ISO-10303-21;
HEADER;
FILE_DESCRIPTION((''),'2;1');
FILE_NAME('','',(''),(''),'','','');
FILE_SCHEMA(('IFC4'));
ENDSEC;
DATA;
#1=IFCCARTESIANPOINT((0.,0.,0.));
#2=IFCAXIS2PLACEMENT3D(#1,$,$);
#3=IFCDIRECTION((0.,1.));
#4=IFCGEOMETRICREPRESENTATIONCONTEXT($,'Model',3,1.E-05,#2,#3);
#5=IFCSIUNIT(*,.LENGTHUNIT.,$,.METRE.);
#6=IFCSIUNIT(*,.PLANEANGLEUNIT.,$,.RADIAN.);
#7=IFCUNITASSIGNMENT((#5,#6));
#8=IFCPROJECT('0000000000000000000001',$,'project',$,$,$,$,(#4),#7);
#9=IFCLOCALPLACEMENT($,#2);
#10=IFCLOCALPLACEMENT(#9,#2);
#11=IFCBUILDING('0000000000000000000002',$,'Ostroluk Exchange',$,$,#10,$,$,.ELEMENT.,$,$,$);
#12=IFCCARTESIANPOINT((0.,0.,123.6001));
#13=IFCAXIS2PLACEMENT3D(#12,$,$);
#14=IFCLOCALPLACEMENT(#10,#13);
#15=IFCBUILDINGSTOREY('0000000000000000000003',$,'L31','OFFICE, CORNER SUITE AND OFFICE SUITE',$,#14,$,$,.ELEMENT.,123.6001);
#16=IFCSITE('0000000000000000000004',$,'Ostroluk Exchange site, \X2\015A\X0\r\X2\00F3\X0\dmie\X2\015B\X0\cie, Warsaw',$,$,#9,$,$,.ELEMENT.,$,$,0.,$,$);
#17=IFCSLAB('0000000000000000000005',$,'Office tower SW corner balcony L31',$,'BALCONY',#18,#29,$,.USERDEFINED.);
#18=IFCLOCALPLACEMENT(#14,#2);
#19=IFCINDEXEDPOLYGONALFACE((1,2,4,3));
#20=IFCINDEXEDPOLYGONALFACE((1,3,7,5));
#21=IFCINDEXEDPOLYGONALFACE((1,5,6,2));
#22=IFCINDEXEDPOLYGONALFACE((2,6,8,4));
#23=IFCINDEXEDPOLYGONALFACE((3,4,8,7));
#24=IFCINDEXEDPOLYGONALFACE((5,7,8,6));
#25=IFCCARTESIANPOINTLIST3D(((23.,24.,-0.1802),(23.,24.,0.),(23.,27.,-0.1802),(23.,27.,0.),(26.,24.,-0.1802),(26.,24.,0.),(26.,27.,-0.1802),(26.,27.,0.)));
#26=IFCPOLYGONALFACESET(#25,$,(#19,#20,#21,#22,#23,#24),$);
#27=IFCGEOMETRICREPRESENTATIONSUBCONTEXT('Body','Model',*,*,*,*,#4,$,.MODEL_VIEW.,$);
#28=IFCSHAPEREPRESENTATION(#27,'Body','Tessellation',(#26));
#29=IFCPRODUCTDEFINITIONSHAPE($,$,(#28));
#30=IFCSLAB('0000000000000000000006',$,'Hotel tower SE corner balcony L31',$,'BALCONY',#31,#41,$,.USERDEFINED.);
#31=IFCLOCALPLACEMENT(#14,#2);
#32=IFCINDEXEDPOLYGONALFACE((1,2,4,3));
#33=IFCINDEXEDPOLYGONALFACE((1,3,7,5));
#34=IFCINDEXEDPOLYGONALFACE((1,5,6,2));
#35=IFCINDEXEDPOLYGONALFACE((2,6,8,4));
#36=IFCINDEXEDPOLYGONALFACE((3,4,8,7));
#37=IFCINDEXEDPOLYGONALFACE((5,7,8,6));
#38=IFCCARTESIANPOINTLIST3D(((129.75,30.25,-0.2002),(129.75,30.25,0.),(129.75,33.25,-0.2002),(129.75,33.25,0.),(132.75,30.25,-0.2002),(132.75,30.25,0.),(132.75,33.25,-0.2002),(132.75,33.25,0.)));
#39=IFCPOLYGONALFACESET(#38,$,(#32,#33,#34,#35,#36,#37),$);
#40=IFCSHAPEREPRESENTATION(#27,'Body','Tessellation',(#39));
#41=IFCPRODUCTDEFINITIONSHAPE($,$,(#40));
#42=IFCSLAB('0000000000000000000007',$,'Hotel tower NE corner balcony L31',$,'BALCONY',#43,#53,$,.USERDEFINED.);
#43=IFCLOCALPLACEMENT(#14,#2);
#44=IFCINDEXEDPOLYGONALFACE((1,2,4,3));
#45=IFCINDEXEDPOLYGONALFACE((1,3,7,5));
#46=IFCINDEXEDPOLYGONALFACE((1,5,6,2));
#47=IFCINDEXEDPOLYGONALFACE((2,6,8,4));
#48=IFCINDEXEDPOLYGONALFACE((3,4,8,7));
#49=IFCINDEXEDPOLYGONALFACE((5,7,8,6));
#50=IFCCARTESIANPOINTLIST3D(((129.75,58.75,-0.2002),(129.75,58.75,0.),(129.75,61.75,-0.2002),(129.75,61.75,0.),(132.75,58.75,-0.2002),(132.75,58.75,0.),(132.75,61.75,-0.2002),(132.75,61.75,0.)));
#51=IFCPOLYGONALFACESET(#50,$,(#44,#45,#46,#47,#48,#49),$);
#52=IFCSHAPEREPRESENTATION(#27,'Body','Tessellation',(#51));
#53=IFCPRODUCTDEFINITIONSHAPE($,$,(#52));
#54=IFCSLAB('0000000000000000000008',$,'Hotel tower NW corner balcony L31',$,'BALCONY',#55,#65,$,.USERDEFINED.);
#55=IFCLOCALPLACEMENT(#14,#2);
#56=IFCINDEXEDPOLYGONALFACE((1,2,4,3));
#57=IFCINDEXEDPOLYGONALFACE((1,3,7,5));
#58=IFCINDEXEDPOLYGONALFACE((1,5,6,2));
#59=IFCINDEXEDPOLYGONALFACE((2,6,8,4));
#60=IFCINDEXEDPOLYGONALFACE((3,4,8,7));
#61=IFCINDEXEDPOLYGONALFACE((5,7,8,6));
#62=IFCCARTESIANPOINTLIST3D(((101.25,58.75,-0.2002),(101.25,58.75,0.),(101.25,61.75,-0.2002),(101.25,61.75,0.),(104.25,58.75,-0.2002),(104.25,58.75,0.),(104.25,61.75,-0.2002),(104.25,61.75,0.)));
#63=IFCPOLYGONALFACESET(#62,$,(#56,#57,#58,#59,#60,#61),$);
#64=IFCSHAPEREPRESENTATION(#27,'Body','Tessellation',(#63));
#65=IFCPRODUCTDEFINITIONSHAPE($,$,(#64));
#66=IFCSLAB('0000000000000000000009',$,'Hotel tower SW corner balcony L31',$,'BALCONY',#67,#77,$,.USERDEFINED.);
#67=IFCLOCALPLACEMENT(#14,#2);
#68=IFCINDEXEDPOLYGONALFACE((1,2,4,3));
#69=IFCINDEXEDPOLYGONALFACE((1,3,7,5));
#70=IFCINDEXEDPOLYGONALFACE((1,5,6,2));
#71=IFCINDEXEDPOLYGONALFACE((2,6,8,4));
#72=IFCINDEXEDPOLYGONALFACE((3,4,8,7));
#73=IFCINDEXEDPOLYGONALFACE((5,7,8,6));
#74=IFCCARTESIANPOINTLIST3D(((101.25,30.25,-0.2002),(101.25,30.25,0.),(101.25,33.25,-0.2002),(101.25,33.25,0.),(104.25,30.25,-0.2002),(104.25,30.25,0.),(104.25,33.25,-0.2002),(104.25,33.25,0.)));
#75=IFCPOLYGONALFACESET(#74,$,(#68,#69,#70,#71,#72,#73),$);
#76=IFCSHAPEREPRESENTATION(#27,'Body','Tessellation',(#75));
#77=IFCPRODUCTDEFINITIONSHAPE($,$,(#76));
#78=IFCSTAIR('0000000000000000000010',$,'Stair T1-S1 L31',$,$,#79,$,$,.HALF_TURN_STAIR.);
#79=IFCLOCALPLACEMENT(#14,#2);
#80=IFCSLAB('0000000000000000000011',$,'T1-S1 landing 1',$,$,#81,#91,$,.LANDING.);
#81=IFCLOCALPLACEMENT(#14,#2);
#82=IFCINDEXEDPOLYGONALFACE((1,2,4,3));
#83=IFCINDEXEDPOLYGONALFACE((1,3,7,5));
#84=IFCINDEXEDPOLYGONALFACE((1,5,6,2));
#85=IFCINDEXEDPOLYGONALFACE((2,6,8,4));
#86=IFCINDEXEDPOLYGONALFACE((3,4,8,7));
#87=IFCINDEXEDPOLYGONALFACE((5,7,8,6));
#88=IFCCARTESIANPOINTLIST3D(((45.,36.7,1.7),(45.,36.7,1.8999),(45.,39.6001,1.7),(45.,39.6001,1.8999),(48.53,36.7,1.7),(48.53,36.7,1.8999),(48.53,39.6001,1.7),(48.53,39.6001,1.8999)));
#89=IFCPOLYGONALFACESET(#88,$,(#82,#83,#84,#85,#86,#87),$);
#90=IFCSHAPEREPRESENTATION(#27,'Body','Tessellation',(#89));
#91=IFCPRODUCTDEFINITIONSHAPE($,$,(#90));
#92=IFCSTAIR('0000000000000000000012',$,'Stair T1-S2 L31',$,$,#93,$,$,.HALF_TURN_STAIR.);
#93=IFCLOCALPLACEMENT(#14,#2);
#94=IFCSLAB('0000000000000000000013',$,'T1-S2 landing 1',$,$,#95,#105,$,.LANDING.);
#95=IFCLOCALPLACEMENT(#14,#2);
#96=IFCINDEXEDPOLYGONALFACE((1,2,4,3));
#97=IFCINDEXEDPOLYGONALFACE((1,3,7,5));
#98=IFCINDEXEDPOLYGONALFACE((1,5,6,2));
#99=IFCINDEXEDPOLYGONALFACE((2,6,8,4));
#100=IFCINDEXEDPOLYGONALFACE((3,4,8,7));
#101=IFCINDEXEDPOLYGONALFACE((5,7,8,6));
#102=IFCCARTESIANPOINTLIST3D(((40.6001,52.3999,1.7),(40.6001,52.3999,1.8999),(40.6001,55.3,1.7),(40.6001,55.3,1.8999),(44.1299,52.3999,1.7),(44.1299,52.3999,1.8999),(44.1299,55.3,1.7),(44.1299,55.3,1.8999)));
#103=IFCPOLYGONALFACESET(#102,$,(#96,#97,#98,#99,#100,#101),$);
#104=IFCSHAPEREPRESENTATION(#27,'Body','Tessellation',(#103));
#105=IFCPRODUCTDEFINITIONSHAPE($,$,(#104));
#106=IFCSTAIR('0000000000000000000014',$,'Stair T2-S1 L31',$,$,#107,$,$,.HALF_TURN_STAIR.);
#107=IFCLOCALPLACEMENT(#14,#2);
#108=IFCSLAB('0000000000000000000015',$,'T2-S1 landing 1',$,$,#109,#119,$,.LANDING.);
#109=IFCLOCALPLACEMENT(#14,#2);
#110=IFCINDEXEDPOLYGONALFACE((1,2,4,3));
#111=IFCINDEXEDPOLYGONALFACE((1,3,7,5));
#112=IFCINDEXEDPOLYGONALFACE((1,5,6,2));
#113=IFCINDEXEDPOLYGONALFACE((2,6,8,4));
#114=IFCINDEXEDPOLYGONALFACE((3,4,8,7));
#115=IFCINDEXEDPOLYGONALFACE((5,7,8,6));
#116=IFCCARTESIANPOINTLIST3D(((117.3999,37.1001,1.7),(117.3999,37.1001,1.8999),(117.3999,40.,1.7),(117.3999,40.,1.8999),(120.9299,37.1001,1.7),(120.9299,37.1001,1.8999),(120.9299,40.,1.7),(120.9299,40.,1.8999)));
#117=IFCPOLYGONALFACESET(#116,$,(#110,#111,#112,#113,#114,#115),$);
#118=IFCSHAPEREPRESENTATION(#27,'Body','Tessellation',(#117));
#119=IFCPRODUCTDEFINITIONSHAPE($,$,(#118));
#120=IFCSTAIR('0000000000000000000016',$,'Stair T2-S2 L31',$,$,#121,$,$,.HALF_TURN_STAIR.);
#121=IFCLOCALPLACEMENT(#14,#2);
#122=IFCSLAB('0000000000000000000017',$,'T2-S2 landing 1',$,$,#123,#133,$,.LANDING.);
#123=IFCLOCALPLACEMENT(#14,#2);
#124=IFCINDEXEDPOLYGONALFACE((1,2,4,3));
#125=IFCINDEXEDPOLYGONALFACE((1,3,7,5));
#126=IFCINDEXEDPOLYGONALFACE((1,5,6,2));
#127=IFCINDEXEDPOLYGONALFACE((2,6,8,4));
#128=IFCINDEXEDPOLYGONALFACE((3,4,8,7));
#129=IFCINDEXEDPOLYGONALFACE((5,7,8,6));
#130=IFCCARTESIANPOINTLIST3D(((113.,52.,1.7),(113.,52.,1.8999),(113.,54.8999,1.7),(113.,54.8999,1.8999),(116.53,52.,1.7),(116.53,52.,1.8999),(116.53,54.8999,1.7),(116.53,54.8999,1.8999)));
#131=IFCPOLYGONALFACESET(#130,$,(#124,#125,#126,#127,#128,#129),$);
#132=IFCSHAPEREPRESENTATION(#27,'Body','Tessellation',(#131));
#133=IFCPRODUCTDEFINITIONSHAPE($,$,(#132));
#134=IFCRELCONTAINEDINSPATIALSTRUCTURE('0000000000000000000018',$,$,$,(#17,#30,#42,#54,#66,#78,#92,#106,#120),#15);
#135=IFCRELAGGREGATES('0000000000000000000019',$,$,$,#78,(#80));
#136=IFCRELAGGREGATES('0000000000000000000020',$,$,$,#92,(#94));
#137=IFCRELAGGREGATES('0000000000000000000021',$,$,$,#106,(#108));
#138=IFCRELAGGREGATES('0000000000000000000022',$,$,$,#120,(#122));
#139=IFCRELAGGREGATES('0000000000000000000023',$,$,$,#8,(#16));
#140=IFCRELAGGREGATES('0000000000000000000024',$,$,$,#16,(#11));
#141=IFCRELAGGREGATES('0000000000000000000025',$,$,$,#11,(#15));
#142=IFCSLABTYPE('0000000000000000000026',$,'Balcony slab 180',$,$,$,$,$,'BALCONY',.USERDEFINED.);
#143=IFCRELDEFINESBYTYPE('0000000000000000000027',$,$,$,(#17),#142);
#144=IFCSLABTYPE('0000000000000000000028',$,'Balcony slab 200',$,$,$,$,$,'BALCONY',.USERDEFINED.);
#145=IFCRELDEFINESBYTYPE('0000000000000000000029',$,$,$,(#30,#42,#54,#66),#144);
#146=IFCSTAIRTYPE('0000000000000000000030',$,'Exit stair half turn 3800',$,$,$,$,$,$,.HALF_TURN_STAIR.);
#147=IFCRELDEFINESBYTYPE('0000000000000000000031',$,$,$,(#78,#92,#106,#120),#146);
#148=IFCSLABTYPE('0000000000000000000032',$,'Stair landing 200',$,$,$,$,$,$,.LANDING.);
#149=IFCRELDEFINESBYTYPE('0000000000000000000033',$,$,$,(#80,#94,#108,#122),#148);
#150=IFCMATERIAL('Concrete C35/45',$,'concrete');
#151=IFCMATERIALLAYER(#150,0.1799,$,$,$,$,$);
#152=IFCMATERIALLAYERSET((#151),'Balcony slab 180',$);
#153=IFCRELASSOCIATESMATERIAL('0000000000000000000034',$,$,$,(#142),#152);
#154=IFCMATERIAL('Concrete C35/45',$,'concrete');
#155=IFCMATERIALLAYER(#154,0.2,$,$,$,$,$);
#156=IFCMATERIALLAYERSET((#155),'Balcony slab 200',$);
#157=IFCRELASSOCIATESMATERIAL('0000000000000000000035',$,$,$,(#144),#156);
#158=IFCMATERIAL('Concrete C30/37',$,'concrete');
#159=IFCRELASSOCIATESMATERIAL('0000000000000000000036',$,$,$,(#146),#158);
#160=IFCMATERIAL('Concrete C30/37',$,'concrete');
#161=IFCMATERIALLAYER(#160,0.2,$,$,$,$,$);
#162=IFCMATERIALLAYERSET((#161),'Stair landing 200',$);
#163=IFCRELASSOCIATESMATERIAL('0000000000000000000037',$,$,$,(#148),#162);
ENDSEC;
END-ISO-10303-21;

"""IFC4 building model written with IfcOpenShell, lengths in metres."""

from ifc_helpers import new_model, si_unit, direction, frame, origin, place, context, subcontext, project, spatial, polyline, outline, extrude, material, layer, layer_set, type_object, element, aggregate, save


model = new_model("IFC4")

# Units and contexts
model_context = context("Model", 3, precision=1e-05, world=origin(), true_north=direction((0.0, 1.0)))
body_context = subcontext(model_context, "Body", "Model", "MODEL_VIEW")
ifc_project = project(units=[si_unit("LENGTHUNIT", "METRE"), si_unit("PLANEANGLEUNIT", "RADIAN")], contexts=[model_context])

# Site, building, storey
site_placement = place(None, origin())
site = spatial("IfcSite", under=ifc_project, at=site_placement, Name="Ostroluk Exchange site, Śródmieście, Warsaw", CompositionType="ELEMENT", RefElevation=0.0)
building_placement = place(site_placement, origin())
building = spatial("IfcBuilding", under=site, at=building_placement, Name="Ostroluk Exchange", CompositionType="ELEMENT")
storey_placement = place(building_placement, frame((0.0, 0.0, 123.6001)))
storey = spatial("IfcBuildingStorey", under=building, at=storey_placement, Name="L31", Description="OFFICE, CORNER SUITE AND OFFICE SUITE", CompositionType="ELEMENT", Elevation=123.6001)

# Slabs
ifc_material_1 = material(Name="Concrete C35/45", Category="concrete")
ifc_layer_1 = layer(ifc_material_1, 0.1799)
ifc_layer_set_1 = layer_set([ifc_layer_1], Name="Balcony slab 180")
slab_type_1 = type_object("IfcSlabType", Name="Balcony slab 180", ElementType="BALCONY", PredefinedType="USERDEFINED", material=ifc_layer_set_1)
slab_1_placement = place(storey_placement, frame((0.0, 0.0, -0.1802)))
element("IfcSlab", 1, at=slab_1_placement, inside=storey, type_object=slab_type_1, Name="Office tower SW corner balcony L31", ObjectType="BALCONY", PredefinedType="USERDEFINED", context=body_context, shape_type="SweptSolid", body=[
    extrude(outline(polyline([(23.0, 24.0), (26.0, 24.0), (26.0, 27.0), (23.0, 27.0), (23.0, 24.0)])), origin(), (0.0, 0.0, 1.0), 0.1802),
])
ifc_material_2 = material(Name="Concrete C35/45", Category="concrete")
ifc_layer_2 = layer(ifc_material_2, 0.2)
ifc_layer_set_2 = layer_set([ifc_layer_2], Name="Balcony slab 200")
slab_type_2 = type_object("IfcSlabType", Name="Balcony slab 200", ElementType="BALCONY", PredefinedType="USERDEFINED", material=ifc_layer_set_2)
slab_2_placement = place(storey_placement, frame((0.0, 0.0, -0.2002)))
element("IfcSlab", 2, at=slab_2_placement, inside=storey, type_object=slab_type_2, Name="Hotel tower SE corner balcony L31", ObjectType="BALCONY", PredefinedType="USERDEFINED", context=body_context, shape_type="SweptSolid", body=[
    extrude(outline(polyline([(129.75, 30.25), (132.75, 30.25), (132.75, 33.25), (129.75, 33.25), (129.75, 30.25)])), origin(), (0.0, 0.0, 1.0), 0.2002),
])
slab_3_placement = place(storey_placement, frame((0.0, 0.0, -0.2002)))
element("IfcSlab", 3, at=slab_3_placement, inside=storey, type_object=slab_type_2, Name="Hotel tower NE corner balcony L31", ObjectType="BALCONY", PredefinedType="USERDEFINED", context=body_context, shape_type="SweptSolid", body=[
    extrude(outline(polyline([(129.75, 58.75), (132.75, 58.75), (132.75, 61.75), (129.75, 61.75), (129.75, 58.75)])), origin(), (0.0, 0.0, 1.0), 0.2002),
])
slab_4_placement = place(storey_placement, frame((0.0, 0.0, -0.2002)))
element("IfcSlab", 4, at=slab_4_placement, inside=storey, type_object=slab_type_2, Name="Hotel tower NW corner balcony L31", ObjectType="BALCONY", PredefinedType="USERDEFINED", context=body_context, shape_type="SweptSolid", body=[
    extrude(outline(polyline([(101.25, 58.75), (104.25, 58.75), (104.25, 61.75), (101.25, 61.75), (101.25, 58.75)])), origin(), (0.0, 0.0, 1.0), 0.2002),
])
slab_5_placement = place(storey_placement, frame((0.0, 0.0, -0.2002)))
element("IfcSlab", 5, at=slab_5_placement, inside=storey, type_object=slab_type_2, Name="Hotel tower SW corner balcony L31", ObjectType="BALCONY", PredefinedType="USERDEFINED", context=body_context, shape_type="SweptSolid", body=[
    extrude(outline(polyline([(101.25, 30.25), (104.25, 30.25), (104.25, 33.25), (101.25, 33.25), (101.25, 30.25)])), origin(), (0.0, 0.0, 1.0), 0.2002),
])

# Stairs, slabs
ifc_material_3 = material(Name="Concrete C30/37", Category="concrete")
stair_type = type_object("IfcStairType", Name="Exit stair half turn 3800", PredefinedType="HALF_TURN_STAIR", material=ifc_material_3)
stair_1_placement = place(storey_placement, origin())
stair_1 = element("IfcStair", 6, at=stair_1_placement, inside=storey, type_object=stair_type, Name="Stair T1-S1 L31", PredefinedType="HALF_TURN_STAIR")
ifc_material_4 = material(Name="Concrete C30/37", Category="concrete")
ifc_layer_3 = layer(ifc_material_4, 0.2)
ifc_layer_set_3 = layer_set([ifc_layer_3], Name="Stair landing 200")
slab_type_3 = type_object("IfcSlabType", Name="Stair landing 200", PredefinedType="LANDING", material=ifc_layer_set_3)
slab_6_placement = place(storey_placement, frame((0.0, 0.0, 1.7)))
slab_6 = element("IfcSlab", 7, at=slab_6_placement, type_object=slab_type_3, Name="T1-S1 landing 1", PredefinedType="LANDING", context=body_context, shape_type="SweptSolid", body=[
    extrude(outline(polyline([(45.0, 36.7), (45.0, 39.6001), (48.53, 39.6001), (48.53, 36.7), (45.0, 36.7)])), origin(), (0.0, 0.0, 1.0), 0.2),
])
aggregate(stair_1, [slab_6])
stair_2_placement = place(storey_placement, origin())
stair_2 = element("IfcStair", 8, at=stair_2_placement, inside=storey, type_object=stair_type, Name="Stair T1-S2 L31", PredefinedType="HALF_TURN_STAIR")
slab_7_placement = place(storey_placement, frame((0.0, 0.0, 1.7)))
slab_7 = element("IfcSlab", 9, at=slab_7_placement, type_object=slab_type_3, Name="T1-S2 landing 1", PredefinedType="LANDING", context=body_context, shape_type="SweptSolid", body=[
    extrude(outline(polyline([(44.1299, 52.3999), (44.1299, 55.3), (40.6001, 55.3), (40.6001, 52.3999), (44.1299, 52.3999)])), origin(), (0.0, 0.0, 1.0), 0.2),
])
aggregate(stair_2, [slab_7])
stair_3_placement = place(storey_placement, origin())
stair_3 = element("IfcStair", 10, at=stair_3_placement, inside=storey, type_object=stair_type, Name="Stair T2-S1 L31", PredefinedType="HALF_TURN_STAIR")
slab_8_placement = place(storey_placement, frame((0.0, 0.0, 1.7)))
slab_8 = element("IfcSlab", 11, at=slab_8_placement, type_object=slab_type_3, Name="T2-S1 landing 1", PredefinedType="LANDING", context=body_context, shape_type="SweptSolid", body=[
    extrude(outline(polyline([(117.3999, 37.1001), (117.3999, 40.0), (120.9299, 40.0), (120.9299, 37.1001), (117.3999, 37.1001)])), origin(), (0.0, 0.0, 1.0), 0.2),
])
aggregate(stair_3, [slab_8])
stair_4_placement = place(storey_placement, origin())
stair_4 = element("IfcStair", 12, at=stair_4_placement, inside=storey, type_object=stair_type, Name="Stair T2-S2 L31", PredefinedType="HALF_TURN_STAIR")
slab_9_placement = place(storey_placement, frame((0.0, 0.0, 1.7)))
slab_9 = element("IfcSlab", 13, at=slab_9_placement, type_object=slab_type_3, Name="T2-S2 landing 1", PredefinedType="LANDING", context=body_context, shape_type="SweptSolid", body=[
    extrude(outline(polyline([(116.53, 52.0), (116.53, 54.8999), (113.0, 54.8999), (113.0, 52.0), (116.53, 52.0)])), origin(), (0.0, 0.0, 1.0), 0.2),
])
aggregate(stair_4, [slab_9])

save(model, "model.ifc")
